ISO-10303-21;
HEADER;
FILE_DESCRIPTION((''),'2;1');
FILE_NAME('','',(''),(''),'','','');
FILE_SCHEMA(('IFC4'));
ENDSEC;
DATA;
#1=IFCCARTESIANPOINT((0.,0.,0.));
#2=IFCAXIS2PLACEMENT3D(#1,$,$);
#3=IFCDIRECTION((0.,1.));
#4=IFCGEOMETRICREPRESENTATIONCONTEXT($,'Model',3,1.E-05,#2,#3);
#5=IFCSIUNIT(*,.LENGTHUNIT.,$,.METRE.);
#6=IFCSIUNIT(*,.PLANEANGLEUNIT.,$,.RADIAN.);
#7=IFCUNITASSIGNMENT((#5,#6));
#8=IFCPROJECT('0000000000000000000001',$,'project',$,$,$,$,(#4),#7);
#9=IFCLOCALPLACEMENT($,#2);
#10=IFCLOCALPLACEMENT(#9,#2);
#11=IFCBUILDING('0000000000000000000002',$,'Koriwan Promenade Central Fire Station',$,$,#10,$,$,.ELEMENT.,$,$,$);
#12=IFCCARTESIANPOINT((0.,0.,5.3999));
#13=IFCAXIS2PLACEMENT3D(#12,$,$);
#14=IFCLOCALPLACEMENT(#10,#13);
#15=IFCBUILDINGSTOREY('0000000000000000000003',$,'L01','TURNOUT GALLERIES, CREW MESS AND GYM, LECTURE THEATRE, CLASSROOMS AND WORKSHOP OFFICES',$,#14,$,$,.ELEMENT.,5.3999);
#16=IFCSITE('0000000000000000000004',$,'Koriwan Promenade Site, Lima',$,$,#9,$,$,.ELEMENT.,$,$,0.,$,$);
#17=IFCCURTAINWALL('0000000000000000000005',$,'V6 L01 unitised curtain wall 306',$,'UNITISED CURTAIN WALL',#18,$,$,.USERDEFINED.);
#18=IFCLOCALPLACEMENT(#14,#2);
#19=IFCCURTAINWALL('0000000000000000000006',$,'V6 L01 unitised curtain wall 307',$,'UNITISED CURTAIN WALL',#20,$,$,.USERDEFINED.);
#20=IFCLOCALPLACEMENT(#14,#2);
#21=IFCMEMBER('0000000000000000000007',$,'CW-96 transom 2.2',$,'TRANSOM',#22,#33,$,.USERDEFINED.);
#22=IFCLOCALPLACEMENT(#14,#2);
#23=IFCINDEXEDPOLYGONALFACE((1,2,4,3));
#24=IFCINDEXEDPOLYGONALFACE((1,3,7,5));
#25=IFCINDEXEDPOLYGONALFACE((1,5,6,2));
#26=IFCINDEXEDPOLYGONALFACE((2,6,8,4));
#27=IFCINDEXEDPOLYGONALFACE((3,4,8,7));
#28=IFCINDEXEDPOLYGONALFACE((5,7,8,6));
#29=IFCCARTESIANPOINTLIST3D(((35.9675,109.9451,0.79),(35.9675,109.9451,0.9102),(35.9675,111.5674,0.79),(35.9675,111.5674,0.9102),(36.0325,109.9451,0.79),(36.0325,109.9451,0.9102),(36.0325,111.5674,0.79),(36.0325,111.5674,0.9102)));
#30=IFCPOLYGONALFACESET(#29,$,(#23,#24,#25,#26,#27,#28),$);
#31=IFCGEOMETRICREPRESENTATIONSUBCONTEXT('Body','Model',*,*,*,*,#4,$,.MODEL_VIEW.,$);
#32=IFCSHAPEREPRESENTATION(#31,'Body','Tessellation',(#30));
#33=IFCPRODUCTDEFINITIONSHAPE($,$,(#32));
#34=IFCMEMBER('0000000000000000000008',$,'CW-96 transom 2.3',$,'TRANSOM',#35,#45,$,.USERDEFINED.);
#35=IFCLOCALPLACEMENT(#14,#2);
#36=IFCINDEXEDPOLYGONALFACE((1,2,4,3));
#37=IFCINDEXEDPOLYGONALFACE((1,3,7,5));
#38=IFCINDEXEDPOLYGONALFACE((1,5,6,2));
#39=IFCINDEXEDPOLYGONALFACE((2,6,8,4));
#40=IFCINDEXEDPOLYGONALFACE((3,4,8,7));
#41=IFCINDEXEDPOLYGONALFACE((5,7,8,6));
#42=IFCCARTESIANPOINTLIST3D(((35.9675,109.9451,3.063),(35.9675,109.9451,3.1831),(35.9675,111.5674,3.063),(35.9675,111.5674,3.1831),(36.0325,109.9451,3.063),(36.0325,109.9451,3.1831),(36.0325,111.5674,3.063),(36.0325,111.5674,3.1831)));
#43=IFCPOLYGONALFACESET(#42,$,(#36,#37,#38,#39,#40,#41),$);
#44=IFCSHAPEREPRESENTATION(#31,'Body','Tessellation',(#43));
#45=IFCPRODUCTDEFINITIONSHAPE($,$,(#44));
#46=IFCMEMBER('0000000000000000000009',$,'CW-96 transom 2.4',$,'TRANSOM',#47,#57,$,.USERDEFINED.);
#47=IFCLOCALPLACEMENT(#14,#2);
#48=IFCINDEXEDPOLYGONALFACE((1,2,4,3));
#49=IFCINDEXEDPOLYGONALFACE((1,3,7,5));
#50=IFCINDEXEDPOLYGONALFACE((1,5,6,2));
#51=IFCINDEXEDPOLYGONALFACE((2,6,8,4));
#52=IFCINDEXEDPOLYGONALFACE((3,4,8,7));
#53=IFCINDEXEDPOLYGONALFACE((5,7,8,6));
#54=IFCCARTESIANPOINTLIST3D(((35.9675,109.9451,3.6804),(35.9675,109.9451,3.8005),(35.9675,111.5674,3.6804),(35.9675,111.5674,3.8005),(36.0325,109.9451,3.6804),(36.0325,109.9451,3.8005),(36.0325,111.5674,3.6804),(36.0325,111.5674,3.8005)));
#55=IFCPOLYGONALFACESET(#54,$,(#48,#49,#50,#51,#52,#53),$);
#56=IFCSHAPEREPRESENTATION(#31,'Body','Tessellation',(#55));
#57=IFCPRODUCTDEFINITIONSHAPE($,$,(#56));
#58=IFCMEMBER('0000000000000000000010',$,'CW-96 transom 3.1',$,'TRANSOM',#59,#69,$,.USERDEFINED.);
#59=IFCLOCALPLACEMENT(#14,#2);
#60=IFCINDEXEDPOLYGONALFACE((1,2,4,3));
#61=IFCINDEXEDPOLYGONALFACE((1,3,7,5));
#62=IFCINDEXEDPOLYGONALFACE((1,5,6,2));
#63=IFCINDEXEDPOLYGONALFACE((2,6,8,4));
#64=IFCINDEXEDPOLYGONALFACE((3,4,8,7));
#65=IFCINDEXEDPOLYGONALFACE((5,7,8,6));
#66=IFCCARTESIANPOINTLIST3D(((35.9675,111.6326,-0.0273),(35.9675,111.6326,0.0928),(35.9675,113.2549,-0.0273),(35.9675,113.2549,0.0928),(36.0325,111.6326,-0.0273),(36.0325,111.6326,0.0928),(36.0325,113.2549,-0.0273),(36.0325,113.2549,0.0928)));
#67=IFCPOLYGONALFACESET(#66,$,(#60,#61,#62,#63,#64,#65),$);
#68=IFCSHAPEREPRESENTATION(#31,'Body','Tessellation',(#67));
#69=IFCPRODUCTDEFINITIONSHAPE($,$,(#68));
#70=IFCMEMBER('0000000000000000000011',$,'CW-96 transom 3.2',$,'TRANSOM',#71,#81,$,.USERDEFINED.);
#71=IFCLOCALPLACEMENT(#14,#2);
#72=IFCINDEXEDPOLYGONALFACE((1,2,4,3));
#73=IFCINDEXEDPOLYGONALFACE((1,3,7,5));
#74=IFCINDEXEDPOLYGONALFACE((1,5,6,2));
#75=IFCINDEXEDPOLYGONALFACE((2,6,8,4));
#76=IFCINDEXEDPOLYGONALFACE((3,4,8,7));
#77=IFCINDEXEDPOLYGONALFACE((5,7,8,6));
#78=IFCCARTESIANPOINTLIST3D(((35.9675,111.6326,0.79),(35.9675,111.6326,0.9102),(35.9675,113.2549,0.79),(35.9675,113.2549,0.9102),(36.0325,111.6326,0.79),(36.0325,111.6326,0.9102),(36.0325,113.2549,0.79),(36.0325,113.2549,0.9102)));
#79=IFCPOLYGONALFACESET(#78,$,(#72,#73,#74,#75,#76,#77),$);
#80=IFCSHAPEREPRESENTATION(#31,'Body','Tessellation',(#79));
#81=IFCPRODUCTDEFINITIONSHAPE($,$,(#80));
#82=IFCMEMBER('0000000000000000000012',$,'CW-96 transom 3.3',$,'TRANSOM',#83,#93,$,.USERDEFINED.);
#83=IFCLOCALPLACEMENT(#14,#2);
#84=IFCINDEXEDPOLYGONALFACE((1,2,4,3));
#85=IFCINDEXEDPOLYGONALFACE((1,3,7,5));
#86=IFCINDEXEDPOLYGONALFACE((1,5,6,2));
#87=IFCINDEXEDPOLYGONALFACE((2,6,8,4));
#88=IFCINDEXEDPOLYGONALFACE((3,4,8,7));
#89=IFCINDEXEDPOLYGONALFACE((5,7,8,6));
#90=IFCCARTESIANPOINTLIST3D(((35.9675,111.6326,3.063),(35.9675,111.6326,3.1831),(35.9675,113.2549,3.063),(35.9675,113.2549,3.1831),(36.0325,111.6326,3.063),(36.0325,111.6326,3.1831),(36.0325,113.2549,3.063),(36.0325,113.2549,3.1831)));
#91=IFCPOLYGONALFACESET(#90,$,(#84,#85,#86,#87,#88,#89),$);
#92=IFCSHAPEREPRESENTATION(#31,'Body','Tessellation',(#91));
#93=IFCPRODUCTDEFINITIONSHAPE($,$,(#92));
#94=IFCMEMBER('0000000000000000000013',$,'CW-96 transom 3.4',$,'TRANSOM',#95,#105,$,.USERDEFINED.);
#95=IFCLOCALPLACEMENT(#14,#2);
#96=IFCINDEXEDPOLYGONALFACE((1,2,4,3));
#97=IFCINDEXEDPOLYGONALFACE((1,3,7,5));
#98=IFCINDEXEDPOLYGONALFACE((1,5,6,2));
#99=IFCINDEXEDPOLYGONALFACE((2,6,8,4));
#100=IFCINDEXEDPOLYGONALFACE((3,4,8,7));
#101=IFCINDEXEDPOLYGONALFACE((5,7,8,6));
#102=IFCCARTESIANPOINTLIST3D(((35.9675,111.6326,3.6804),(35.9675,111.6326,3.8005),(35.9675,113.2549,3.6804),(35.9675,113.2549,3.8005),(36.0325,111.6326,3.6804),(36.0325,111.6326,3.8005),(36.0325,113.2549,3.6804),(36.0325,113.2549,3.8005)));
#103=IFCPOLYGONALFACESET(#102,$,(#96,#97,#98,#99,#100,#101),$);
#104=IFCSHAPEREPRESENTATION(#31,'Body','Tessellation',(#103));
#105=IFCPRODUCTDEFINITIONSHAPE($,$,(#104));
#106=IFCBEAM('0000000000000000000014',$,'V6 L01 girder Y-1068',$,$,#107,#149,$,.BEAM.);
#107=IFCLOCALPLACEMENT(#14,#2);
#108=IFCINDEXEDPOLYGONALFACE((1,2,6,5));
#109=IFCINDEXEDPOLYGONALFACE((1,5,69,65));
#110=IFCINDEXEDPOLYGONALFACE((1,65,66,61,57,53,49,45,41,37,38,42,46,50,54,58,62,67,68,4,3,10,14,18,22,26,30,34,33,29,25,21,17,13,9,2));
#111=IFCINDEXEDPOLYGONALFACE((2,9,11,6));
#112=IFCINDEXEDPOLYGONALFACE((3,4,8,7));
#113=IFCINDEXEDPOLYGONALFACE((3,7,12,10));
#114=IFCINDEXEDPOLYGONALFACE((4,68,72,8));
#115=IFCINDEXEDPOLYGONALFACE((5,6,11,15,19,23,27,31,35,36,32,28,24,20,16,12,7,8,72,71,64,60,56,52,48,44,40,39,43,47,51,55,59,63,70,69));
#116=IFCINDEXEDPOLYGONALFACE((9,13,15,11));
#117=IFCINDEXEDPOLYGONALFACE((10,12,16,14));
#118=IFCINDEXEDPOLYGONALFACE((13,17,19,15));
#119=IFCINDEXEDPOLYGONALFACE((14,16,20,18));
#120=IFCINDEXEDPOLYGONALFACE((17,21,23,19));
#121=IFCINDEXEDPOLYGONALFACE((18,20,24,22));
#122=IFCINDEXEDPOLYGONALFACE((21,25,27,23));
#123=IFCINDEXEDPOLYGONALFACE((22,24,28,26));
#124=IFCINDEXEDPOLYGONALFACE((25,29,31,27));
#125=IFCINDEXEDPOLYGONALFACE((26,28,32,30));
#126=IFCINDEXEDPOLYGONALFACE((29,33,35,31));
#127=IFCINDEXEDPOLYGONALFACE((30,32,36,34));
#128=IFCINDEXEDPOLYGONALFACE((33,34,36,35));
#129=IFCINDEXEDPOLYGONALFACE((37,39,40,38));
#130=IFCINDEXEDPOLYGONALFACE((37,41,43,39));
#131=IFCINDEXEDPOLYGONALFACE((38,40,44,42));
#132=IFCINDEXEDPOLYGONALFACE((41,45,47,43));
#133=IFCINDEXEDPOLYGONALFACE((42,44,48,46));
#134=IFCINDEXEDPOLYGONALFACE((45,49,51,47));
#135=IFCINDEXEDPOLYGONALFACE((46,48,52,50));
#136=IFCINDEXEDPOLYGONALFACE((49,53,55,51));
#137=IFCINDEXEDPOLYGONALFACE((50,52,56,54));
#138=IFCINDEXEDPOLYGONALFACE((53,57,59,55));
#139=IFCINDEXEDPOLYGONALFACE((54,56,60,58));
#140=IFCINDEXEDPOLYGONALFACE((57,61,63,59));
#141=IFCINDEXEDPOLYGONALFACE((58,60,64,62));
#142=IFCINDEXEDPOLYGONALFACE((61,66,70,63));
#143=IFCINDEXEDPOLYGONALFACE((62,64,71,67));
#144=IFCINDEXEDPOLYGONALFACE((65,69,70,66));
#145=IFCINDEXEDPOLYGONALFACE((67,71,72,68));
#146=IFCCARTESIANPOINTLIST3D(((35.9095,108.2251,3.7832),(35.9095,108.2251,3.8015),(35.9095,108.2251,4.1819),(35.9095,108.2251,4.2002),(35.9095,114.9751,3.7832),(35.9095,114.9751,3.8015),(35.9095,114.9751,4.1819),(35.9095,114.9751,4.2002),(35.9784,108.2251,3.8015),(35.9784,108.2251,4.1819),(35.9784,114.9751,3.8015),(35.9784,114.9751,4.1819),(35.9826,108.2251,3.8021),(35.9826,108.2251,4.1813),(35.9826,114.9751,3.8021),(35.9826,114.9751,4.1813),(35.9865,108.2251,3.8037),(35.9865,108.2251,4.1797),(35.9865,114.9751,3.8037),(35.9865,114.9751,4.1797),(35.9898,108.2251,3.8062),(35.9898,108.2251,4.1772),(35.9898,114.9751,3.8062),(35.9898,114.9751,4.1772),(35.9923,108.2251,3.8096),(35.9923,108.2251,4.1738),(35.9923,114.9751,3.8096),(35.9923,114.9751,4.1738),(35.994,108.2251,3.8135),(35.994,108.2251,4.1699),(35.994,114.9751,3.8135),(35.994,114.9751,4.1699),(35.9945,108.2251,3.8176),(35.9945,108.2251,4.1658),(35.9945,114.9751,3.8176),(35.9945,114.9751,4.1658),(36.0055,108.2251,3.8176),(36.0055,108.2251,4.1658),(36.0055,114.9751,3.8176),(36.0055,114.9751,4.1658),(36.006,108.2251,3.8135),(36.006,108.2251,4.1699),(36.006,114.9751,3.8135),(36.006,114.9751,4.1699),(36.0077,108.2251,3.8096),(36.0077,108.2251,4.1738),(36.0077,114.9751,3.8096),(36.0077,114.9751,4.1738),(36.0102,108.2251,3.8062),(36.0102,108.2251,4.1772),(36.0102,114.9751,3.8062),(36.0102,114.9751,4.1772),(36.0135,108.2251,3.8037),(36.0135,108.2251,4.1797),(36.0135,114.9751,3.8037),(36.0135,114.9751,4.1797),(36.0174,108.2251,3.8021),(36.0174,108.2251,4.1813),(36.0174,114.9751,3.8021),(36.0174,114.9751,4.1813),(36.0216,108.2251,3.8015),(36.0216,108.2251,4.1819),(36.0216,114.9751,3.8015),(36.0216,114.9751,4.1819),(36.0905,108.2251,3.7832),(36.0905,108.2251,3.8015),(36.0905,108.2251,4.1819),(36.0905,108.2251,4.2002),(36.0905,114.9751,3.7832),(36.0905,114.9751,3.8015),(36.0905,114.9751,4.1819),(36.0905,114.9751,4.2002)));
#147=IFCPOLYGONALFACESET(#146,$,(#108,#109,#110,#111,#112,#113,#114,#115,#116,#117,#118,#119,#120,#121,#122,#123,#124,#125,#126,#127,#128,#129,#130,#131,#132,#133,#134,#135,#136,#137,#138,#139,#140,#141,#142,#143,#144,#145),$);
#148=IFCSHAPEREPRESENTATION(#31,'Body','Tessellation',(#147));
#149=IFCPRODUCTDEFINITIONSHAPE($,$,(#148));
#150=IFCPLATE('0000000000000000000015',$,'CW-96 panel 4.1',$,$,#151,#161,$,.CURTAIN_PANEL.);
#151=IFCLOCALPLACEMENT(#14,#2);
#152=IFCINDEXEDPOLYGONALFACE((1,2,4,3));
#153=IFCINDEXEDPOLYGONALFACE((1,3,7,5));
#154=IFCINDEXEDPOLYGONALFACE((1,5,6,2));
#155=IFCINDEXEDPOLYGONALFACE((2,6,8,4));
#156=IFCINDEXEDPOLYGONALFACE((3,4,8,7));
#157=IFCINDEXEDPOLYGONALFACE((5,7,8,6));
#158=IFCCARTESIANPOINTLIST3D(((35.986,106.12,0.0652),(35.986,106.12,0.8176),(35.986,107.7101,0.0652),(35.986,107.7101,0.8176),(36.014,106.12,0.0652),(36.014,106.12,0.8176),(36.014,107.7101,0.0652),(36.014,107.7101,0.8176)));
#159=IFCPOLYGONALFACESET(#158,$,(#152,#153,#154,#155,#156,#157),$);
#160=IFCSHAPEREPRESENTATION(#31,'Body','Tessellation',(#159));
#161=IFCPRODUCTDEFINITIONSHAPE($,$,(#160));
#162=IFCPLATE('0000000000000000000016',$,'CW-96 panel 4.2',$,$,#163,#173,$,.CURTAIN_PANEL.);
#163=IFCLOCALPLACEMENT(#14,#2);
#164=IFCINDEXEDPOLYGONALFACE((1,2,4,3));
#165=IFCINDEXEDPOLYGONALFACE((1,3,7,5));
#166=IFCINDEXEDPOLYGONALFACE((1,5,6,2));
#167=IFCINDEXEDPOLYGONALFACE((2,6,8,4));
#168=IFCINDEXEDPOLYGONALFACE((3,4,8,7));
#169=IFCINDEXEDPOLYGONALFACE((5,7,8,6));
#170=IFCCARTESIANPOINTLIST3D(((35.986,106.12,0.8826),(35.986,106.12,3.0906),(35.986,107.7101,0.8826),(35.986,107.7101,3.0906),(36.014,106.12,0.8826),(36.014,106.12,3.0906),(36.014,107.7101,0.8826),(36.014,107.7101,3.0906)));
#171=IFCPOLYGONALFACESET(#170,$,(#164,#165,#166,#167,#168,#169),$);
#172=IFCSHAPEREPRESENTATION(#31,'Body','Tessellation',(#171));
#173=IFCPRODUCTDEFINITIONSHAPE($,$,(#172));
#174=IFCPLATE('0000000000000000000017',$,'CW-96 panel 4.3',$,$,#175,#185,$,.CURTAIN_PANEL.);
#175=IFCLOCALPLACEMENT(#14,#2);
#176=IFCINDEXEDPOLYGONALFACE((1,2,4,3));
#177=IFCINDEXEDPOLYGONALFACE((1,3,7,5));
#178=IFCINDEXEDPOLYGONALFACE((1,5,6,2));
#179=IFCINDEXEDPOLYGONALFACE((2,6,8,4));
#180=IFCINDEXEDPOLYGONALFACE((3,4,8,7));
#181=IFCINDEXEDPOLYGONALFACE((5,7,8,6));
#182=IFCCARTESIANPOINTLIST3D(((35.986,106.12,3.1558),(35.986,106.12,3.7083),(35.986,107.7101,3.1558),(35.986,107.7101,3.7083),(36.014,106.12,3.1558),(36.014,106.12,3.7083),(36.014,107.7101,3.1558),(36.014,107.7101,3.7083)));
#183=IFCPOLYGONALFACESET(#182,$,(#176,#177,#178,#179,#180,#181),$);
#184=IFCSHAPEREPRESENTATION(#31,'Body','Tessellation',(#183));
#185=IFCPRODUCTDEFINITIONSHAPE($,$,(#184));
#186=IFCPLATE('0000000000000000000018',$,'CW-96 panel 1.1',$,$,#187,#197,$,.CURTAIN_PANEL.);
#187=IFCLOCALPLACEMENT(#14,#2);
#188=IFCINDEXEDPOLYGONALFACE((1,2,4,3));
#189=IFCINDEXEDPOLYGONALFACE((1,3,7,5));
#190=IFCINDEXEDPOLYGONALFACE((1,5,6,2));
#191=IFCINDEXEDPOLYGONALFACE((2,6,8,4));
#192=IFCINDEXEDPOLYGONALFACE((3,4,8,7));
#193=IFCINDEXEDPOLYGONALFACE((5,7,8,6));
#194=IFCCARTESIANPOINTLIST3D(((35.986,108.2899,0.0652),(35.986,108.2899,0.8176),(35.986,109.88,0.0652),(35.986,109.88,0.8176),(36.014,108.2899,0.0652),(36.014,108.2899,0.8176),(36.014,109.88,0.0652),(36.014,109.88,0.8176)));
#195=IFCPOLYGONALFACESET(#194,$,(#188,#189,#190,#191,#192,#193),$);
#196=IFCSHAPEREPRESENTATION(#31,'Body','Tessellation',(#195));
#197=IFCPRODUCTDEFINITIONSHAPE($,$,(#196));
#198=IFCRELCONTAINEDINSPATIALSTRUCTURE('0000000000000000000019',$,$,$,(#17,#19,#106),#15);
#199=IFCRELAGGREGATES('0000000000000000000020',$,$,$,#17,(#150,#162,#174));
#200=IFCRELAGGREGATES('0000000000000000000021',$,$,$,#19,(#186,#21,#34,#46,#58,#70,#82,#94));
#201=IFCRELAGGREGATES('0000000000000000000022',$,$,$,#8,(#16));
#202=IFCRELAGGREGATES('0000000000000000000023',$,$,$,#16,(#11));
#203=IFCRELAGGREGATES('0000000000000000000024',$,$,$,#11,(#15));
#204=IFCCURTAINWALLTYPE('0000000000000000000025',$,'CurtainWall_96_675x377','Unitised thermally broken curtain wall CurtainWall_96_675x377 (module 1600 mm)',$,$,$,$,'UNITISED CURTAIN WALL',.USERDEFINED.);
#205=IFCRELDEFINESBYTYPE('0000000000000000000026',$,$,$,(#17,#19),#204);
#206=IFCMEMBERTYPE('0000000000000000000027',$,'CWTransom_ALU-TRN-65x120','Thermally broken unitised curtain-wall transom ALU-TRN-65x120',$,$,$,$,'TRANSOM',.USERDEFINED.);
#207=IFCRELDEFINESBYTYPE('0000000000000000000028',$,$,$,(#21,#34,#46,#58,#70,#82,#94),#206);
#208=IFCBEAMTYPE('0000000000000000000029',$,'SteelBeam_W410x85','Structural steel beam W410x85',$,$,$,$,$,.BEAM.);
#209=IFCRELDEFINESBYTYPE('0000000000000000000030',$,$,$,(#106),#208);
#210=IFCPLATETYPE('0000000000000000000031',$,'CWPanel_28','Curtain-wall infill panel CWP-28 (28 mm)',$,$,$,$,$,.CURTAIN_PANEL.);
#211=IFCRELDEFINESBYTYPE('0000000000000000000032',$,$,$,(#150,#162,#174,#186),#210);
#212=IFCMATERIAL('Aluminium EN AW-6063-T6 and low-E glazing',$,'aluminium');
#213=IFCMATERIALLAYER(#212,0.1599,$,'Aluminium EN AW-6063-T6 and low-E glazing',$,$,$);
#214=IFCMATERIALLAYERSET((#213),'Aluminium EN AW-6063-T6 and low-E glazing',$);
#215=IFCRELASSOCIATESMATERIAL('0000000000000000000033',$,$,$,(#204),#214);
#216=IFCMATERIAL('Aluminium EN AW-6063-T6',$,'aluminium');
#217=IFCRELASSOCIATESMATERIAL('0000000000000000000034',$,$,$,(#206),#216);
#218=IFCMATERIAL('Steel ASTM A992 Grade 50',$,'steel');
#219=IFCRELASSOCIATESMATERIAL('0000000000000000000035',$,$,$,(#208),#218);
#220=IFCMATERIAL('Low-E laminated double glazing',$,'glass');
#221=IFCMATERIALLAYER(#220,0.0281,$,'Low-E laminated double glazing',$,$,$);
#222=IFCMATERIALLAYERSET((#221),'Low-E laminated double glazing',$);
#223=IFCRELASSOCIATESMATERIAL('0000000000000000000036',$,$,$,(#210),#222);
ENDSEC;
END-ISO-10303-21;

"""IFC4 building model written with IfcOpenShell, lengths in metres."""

from ifc_helpers import new_model, si_unit, direction, frame, origin, origin_2d, place, context, subcontext, project, spatial, rectangle, i_section, extrude, material, layer, layer_set, material_profile, profile_set, type_object, element, aggregate, save


model = new_model("IFC4")

# Units and contexts
model_context = context("Model", 3, precision=1e-05, world=origin(), true_north=direction((0.0, 1.0)))
body_context = subcontext(model_context, "Body", "Model", "MODEL_VIEW")
ifc_project = project(units=[si_unit("LENGTHUNIT", "METRE"), si_unit("PLANEANGLEUNIT", "RADIAN")], contexts=[model_context])

# Site, building, storey
site_placement = place(None, origin())
site = spatial("IfcSite", under=ifc_project, at=site_placement, Name="Koriwan Promenade Site, Lima", CompositionType="ELEMENT", RefElevation=0.0)
building_placement = place(site_placement, origin())
building = spatial("IfcBuilding", under=site, at=building_placement, Name="Koriwan Promenade Central Fire Station", CompositionType="ELEMENT")
storey_placement = place(building_placement, frame((0.0, 0.0, 5.3999)))
storey = spatial("IfcBuildingStorey", under=building, at=storey_placement, Name="L01", Description="TURNOUT GALLERIES, CREW MESS AND GYM, LECTURE THEATRE, CLASSROOMS AND WORKSHOP OFFICES", CompositionType="ELEMENT", Elevation=5.3999)

# Curtain wall
ifc_material_1 = material(Name="Aluminium EN AW-6063-T6 and low-E glazing", Category="aluminium")
ifc_layer_1 = layer(ifc_material_1, 0.1599, Name="Aluminium EN AW-6063-T6 and low-E glazing")
ifc_layer_set_1 = layer_set([ifc_layer_1], Name="Aluminium EN AW-6063-T6 and low-E glazing")
curtain_wall_type = type_object("IfcCurtainWallType", Name="CurtainWall_96_675x377", Description="Unitised thermally broken curtain wall CurtainWall_96_675x377 (module 1600 mm)", ElementType="UNITISED CURTAIN WALL", PredefinedType="USERDEFINED", material=ifc_layer_set_1)
curtain_wall_1_placement = place(storey_placement, origin())
curtain_wall_1 = element("IfcCurtainWall", 1, at=curtain_wall_1_placement, inside=storey, type_object=curtain_wall_type, Name="V6 L01 unitised curtain wall 306", ObjectType="UNITISED CURTAIN WALL", PredefinedType="USERDEFINED")
ifc_material_2 = material(Name="Aluminium EN AW-6063-T6", Category="aluminium")

# Curtain wall
curtain_wall_2_placement = place(storey_placement, origin())
curtain_wall_2 = element("IfcCurtainWall", 2, at=curtain_wall_2_placement, inside=storey, type_object=curtain_wall_type, Name="V6 L01 unitised curtain wall 307", ObjectType="UNITISED CURTAIN WALL", PredefinedType="USERDEFINED")

# Members
ifc_material_profile_1 = material_profile(ifc_material_2, rectangle(XDim=0.0649, YDim=0.1201, at=origin_2d()), Name="ALU-TRN-65x120")
ifc_profile_set_1 = profile_set([ifc_material_profile_1], Name="Aluminium EN AW-6063-T6")
member_type_1 = type_object("IfcMemberType", Name="CWTransom_ALU-TRN-65x120", Description="Thermally broken unitised curtain-wall transom ALU-TRN-65x120", ElementType="TRANSOM", PredefinedType="USERDEFINED", material=ifc_profile_set_1)
member_1_placement = place(storey_placement, frame((36.0, 109.9451, 0.8501), z_axis=(0.0, 1.0, 0.0), x_axis=(-1.0, 0.0, 0.0)))
member_1 = element("IfcMember", 3, at=member_1_placement, type_object=member_type_1, Name="CW-96 transom 2.2", ObjectType="TRANSOM", PredefinedType="USERDEFINED", context=body_context, shape_type="SweptSolid", body=[
    extrude(rectangle(XDim=0.0649, YDim=0.1201, at=origin_2d()), origin(), (0.0, 0.0, 1.0), 1.6223),
])
member_2_placement = place(storey_placement, frame((36.0, 109.9451, 3.123), z_axis=(0.0, 1.0, 0.0), x_axis=(-1.0, 0.0, 0.0)))
member_2 = element("IfcMember", 4, at=member_2_placement, type_object=member_type_1, Name="CW-96 transom 2.3", ObjectType="TRANSOM", PredefinedType="USERDEFINED", context=body_context, shape_type="SweptSolid", body=[
    extrude(rectangle(XDim=0.0649, YDim=0.1201, at=origin_2d()), origin(), (0.0, 0.0, 1.0), 1.6223),
])
member_3_placement = place(storey_placement, frame((36.0, 109.9451, 3.7405), z_axis=(0.0, 1.0, 0.0), x_axis=(-1.0, 0.0, 0.0)))
member_3 = element("IfcMember", 5, at=member_3_placement, type_object=member_type_1, Name="CW-96 transom 2.4", ObjectType="TRANSOM", PredefinedType="USERDEFINED", context=body_context, shape_type="SweptSolid", body=[
    extrude(rectangle(XDim=0.0649, YDim=0.1201, at=origin_2d()), origin(), (0.0, 0.0, 1.0), 1.6223),
])
member_4_placement = place(storey_placement, frame((36.0, 111.6326, 0.0327), z_axis=(0.0, 1.0, 0.0), x_axis=(-1.0, 0.0, 0.0)))
member_4 = element("IfcMember", 6, at=member_4_placement, type_object=member_type_1, Name="CW-96 transom 3.1", ObjectType="TRANSOM", PredefinedType="USERDEFINED", context=body_context, shape_type="SweptSolid", body=[
    extrude(rectangle(XDim=0.0649, YDim=0.1201, at=origin_2d()), origin(), (0.0, 0.0, 1.0), 1.6223),
])
member_5_placement = place(storey_placement, frame((36.0, 111.6326, 0.8501), z_axis=(0.0, 1.0, 0.0), x_axis=(-1.0, 0.0, 0.0)))
member_5 = element("IfcMember", 7, at=member_5_placement, type_object=member_type_1, Name="CW-96 transom 3.2", ObjectType="TRANSOM", PredefinedType="USERDEFINED", context=body_context, shape_type="SweptSolid", body=[
    extrude(rectangle(XDim=0.0649, YDim=0.1201, at=origin_2d()), origin(), (0.0, 0.0, 1.0), 1.6223),
])
member_6_placement = place(storey_placement, frame((36.0, 111.6326, 3.123), z_axis=(0.0, 1.0, 0.0), x_axis=(-1.0, 0.0, 0.0)))
member_6 = element("IfcMember", 8, at=member_6_placement, type_object=member_type_1, Name="CW-96 transom 3.3", ObjectType="TRANSOM", PredefinedType="USERDEFINED", context=body_context, shape_type="SweptSolid", body=[
    extrude(rectangle(XDim=0.0649, YDim=0.1201, at=origin_2d()), origin(), (0.0, 0.0, 1.0), 1.6223),
])
member_7_placement = place(storey_placement, frame((36.0, 111.6326, 3.7405), z_axis=(0.0, 1.0, 0.0), x_axis=(-1.0, 0.0, 0.0)))
member_7 = element("IfcMember", 9, at=member_7_placement, type_object=member_type_1, Name="CW-96 transom 3.4", ObjectType="TRANSOM", PredefinedType="USERDEFINED", context=body_context, shape_type="SweptSolid", body=[
    extrude(rectangle(XDim=0.0649, YDim=0.1201, at=origin_2d()), origin(), (0.0, 0.0, 1.0), 1.6223),
])

# Beam
ifc_material_3 = material(Name="Steel ASTM A992 Grade 50", Category="steel")
ifc_material_profile_2 = material_profile(ifc_material_3, i_section(OverallWidth=0.1809, OverallDepth=0.417, WebThickness=0.011, FlangeThickness=0.0183, FilletRadius=0.0161, at=origin_2d()), Name="W410x85")
ifc_profile_set_2 = profile_set([ifc_material_profile_2], Name="Steel ASTM A992 Grade 50")
beam_type = type_object("IfcBeamType", Name="SteelBeam_W410x85", Description="Structural steel beam W410x85", PredefinedType="BEAM", material=ifc_profile_set_2)
beam_placement = place(storey_placement, frame((36.0, 108.2251, 3.9917), z_axis=(0.0, 1.0, 0.0), x_axis=(-1.0, 0.0, 0.0)))
element("IfcBeam", 10, at=beam_placement, inside=storey, type_object=beam_type, Name="V6 L01 girder Y-1068", PredefinedType="BEAM", context=body_context, shape_type="SweptSolid", body=[
    extrude(i_section(OverallWidth=0.1809, OverallDepth=0.417, WebThickness=0.011, FlangeThickness=0.0183, FilletRadius=0.0161, at=origin_2d()), origin(), (0.0, 0.0, 1.0), 6.75),
])

# Plates
ifc_material_4 = material(Name="Low-E laminated double glazing", Category="glass")
ifc_layer_2 = layer(ifc_material_4, 0.0281, Name="Low-E laminated double glazing")
ifc_layer_set_2 = layer_set([ifc_layer_2], Name="Low-E laminated double glazing")
plate_type = type_object("IfcPlateType", Name="CWPanel_28", Description="Curtain-wall infill panel CWP-28 (28 mm)", PredefinedType="CURTAIN_PANEL", material=ifc_layer_set_2)
plate_1_placement = place(storey_placement, frame((36.0, 106.915, 0.0652), z_axis=(0.0, 0.0, 1.0), x_axis=(0.0, 1.0, 0.0)))
plate_1 = element("IfcPlate", 11, at=plate_1_placement, type_object=plate_type, Name="CW-96 panel 4.1", PredefinedType="CURTAIN_PANEL", context=body_context, shape_type="SweptSolid", body=[
    extrude(rectangle(XDim=1.5901, YDim=0.0281, at=origin_2d()), origin(), (0.0, 0.0, 1.0), 0.7524),
])
plate_2_placement = place(storey_placement, frame((36.0, 106.915, 0.8826), z_axis=(0.0, 0.0, 1.0), x_axis=(0.0, 1.0, 0.0)))
plate_2 = element("IfcPlate", 12, at=plate_2_placement, type_object=plate_type, Name="CW-96 panel 4.2", PredefinedType="CURTAIN_PANEL", context=body_context, shape_type="SweptSolid", body=[
    extrude(rectangle(XDim=1.5901, YDim=0.0281, at=origin_2d()), origin(), (0.0, 0.0, 1.0), 2.208),
])
plate_3_placement = place(storey_placement, frame((36.0, 106.915, 3.1558), z_axis=(0.0, 0.0, 1.0), x_axis=(0.0, 1.0, 0.0)))
plate_3 = element("IfcPlate", 13, at=plate_3_placement, type_object=plate_type, Name="CW-96 panel 4.3", PredefinedType="CURTAIN_PANEL", context=body_context, shape_type="SweptSolid", body=[
    extrude(rectangle(XDim=1.5901, YDim=0.0281, at=origin_2d()), origin(), (0.0, 0.0, 1.0), 0.5525),
])
aggregate(curtain_wall_1, [plate_1, plate_2, plate_3])
plate_4_placement = place(storey_placement, frame((36.0, 109.085, 0.0652), z_axis=(0.0, 0.0, 1.0), x_axis=(0.0, 1.0, 0.0)))
plate_4 = element("IfcPlate", 14, at=plate_4_placement, type_object=plate_type, Name="CW-96 panel 1.1", PredefinedType="CURTAIN_PANEL", context=body_context, shape_type="SweptSolid", body=[
    extrude(rectangle(XDim=1.5901, YDim=0.0281, at=origin_2d()), origin(), (0.0, 0.0, 1.0), 0.7524),
])
aggregate(curtain_wall_2, [plate_4, member_1, member_2, member_3, member_4, member_5, member_6, member_7])

save(model, "model.ifc")
